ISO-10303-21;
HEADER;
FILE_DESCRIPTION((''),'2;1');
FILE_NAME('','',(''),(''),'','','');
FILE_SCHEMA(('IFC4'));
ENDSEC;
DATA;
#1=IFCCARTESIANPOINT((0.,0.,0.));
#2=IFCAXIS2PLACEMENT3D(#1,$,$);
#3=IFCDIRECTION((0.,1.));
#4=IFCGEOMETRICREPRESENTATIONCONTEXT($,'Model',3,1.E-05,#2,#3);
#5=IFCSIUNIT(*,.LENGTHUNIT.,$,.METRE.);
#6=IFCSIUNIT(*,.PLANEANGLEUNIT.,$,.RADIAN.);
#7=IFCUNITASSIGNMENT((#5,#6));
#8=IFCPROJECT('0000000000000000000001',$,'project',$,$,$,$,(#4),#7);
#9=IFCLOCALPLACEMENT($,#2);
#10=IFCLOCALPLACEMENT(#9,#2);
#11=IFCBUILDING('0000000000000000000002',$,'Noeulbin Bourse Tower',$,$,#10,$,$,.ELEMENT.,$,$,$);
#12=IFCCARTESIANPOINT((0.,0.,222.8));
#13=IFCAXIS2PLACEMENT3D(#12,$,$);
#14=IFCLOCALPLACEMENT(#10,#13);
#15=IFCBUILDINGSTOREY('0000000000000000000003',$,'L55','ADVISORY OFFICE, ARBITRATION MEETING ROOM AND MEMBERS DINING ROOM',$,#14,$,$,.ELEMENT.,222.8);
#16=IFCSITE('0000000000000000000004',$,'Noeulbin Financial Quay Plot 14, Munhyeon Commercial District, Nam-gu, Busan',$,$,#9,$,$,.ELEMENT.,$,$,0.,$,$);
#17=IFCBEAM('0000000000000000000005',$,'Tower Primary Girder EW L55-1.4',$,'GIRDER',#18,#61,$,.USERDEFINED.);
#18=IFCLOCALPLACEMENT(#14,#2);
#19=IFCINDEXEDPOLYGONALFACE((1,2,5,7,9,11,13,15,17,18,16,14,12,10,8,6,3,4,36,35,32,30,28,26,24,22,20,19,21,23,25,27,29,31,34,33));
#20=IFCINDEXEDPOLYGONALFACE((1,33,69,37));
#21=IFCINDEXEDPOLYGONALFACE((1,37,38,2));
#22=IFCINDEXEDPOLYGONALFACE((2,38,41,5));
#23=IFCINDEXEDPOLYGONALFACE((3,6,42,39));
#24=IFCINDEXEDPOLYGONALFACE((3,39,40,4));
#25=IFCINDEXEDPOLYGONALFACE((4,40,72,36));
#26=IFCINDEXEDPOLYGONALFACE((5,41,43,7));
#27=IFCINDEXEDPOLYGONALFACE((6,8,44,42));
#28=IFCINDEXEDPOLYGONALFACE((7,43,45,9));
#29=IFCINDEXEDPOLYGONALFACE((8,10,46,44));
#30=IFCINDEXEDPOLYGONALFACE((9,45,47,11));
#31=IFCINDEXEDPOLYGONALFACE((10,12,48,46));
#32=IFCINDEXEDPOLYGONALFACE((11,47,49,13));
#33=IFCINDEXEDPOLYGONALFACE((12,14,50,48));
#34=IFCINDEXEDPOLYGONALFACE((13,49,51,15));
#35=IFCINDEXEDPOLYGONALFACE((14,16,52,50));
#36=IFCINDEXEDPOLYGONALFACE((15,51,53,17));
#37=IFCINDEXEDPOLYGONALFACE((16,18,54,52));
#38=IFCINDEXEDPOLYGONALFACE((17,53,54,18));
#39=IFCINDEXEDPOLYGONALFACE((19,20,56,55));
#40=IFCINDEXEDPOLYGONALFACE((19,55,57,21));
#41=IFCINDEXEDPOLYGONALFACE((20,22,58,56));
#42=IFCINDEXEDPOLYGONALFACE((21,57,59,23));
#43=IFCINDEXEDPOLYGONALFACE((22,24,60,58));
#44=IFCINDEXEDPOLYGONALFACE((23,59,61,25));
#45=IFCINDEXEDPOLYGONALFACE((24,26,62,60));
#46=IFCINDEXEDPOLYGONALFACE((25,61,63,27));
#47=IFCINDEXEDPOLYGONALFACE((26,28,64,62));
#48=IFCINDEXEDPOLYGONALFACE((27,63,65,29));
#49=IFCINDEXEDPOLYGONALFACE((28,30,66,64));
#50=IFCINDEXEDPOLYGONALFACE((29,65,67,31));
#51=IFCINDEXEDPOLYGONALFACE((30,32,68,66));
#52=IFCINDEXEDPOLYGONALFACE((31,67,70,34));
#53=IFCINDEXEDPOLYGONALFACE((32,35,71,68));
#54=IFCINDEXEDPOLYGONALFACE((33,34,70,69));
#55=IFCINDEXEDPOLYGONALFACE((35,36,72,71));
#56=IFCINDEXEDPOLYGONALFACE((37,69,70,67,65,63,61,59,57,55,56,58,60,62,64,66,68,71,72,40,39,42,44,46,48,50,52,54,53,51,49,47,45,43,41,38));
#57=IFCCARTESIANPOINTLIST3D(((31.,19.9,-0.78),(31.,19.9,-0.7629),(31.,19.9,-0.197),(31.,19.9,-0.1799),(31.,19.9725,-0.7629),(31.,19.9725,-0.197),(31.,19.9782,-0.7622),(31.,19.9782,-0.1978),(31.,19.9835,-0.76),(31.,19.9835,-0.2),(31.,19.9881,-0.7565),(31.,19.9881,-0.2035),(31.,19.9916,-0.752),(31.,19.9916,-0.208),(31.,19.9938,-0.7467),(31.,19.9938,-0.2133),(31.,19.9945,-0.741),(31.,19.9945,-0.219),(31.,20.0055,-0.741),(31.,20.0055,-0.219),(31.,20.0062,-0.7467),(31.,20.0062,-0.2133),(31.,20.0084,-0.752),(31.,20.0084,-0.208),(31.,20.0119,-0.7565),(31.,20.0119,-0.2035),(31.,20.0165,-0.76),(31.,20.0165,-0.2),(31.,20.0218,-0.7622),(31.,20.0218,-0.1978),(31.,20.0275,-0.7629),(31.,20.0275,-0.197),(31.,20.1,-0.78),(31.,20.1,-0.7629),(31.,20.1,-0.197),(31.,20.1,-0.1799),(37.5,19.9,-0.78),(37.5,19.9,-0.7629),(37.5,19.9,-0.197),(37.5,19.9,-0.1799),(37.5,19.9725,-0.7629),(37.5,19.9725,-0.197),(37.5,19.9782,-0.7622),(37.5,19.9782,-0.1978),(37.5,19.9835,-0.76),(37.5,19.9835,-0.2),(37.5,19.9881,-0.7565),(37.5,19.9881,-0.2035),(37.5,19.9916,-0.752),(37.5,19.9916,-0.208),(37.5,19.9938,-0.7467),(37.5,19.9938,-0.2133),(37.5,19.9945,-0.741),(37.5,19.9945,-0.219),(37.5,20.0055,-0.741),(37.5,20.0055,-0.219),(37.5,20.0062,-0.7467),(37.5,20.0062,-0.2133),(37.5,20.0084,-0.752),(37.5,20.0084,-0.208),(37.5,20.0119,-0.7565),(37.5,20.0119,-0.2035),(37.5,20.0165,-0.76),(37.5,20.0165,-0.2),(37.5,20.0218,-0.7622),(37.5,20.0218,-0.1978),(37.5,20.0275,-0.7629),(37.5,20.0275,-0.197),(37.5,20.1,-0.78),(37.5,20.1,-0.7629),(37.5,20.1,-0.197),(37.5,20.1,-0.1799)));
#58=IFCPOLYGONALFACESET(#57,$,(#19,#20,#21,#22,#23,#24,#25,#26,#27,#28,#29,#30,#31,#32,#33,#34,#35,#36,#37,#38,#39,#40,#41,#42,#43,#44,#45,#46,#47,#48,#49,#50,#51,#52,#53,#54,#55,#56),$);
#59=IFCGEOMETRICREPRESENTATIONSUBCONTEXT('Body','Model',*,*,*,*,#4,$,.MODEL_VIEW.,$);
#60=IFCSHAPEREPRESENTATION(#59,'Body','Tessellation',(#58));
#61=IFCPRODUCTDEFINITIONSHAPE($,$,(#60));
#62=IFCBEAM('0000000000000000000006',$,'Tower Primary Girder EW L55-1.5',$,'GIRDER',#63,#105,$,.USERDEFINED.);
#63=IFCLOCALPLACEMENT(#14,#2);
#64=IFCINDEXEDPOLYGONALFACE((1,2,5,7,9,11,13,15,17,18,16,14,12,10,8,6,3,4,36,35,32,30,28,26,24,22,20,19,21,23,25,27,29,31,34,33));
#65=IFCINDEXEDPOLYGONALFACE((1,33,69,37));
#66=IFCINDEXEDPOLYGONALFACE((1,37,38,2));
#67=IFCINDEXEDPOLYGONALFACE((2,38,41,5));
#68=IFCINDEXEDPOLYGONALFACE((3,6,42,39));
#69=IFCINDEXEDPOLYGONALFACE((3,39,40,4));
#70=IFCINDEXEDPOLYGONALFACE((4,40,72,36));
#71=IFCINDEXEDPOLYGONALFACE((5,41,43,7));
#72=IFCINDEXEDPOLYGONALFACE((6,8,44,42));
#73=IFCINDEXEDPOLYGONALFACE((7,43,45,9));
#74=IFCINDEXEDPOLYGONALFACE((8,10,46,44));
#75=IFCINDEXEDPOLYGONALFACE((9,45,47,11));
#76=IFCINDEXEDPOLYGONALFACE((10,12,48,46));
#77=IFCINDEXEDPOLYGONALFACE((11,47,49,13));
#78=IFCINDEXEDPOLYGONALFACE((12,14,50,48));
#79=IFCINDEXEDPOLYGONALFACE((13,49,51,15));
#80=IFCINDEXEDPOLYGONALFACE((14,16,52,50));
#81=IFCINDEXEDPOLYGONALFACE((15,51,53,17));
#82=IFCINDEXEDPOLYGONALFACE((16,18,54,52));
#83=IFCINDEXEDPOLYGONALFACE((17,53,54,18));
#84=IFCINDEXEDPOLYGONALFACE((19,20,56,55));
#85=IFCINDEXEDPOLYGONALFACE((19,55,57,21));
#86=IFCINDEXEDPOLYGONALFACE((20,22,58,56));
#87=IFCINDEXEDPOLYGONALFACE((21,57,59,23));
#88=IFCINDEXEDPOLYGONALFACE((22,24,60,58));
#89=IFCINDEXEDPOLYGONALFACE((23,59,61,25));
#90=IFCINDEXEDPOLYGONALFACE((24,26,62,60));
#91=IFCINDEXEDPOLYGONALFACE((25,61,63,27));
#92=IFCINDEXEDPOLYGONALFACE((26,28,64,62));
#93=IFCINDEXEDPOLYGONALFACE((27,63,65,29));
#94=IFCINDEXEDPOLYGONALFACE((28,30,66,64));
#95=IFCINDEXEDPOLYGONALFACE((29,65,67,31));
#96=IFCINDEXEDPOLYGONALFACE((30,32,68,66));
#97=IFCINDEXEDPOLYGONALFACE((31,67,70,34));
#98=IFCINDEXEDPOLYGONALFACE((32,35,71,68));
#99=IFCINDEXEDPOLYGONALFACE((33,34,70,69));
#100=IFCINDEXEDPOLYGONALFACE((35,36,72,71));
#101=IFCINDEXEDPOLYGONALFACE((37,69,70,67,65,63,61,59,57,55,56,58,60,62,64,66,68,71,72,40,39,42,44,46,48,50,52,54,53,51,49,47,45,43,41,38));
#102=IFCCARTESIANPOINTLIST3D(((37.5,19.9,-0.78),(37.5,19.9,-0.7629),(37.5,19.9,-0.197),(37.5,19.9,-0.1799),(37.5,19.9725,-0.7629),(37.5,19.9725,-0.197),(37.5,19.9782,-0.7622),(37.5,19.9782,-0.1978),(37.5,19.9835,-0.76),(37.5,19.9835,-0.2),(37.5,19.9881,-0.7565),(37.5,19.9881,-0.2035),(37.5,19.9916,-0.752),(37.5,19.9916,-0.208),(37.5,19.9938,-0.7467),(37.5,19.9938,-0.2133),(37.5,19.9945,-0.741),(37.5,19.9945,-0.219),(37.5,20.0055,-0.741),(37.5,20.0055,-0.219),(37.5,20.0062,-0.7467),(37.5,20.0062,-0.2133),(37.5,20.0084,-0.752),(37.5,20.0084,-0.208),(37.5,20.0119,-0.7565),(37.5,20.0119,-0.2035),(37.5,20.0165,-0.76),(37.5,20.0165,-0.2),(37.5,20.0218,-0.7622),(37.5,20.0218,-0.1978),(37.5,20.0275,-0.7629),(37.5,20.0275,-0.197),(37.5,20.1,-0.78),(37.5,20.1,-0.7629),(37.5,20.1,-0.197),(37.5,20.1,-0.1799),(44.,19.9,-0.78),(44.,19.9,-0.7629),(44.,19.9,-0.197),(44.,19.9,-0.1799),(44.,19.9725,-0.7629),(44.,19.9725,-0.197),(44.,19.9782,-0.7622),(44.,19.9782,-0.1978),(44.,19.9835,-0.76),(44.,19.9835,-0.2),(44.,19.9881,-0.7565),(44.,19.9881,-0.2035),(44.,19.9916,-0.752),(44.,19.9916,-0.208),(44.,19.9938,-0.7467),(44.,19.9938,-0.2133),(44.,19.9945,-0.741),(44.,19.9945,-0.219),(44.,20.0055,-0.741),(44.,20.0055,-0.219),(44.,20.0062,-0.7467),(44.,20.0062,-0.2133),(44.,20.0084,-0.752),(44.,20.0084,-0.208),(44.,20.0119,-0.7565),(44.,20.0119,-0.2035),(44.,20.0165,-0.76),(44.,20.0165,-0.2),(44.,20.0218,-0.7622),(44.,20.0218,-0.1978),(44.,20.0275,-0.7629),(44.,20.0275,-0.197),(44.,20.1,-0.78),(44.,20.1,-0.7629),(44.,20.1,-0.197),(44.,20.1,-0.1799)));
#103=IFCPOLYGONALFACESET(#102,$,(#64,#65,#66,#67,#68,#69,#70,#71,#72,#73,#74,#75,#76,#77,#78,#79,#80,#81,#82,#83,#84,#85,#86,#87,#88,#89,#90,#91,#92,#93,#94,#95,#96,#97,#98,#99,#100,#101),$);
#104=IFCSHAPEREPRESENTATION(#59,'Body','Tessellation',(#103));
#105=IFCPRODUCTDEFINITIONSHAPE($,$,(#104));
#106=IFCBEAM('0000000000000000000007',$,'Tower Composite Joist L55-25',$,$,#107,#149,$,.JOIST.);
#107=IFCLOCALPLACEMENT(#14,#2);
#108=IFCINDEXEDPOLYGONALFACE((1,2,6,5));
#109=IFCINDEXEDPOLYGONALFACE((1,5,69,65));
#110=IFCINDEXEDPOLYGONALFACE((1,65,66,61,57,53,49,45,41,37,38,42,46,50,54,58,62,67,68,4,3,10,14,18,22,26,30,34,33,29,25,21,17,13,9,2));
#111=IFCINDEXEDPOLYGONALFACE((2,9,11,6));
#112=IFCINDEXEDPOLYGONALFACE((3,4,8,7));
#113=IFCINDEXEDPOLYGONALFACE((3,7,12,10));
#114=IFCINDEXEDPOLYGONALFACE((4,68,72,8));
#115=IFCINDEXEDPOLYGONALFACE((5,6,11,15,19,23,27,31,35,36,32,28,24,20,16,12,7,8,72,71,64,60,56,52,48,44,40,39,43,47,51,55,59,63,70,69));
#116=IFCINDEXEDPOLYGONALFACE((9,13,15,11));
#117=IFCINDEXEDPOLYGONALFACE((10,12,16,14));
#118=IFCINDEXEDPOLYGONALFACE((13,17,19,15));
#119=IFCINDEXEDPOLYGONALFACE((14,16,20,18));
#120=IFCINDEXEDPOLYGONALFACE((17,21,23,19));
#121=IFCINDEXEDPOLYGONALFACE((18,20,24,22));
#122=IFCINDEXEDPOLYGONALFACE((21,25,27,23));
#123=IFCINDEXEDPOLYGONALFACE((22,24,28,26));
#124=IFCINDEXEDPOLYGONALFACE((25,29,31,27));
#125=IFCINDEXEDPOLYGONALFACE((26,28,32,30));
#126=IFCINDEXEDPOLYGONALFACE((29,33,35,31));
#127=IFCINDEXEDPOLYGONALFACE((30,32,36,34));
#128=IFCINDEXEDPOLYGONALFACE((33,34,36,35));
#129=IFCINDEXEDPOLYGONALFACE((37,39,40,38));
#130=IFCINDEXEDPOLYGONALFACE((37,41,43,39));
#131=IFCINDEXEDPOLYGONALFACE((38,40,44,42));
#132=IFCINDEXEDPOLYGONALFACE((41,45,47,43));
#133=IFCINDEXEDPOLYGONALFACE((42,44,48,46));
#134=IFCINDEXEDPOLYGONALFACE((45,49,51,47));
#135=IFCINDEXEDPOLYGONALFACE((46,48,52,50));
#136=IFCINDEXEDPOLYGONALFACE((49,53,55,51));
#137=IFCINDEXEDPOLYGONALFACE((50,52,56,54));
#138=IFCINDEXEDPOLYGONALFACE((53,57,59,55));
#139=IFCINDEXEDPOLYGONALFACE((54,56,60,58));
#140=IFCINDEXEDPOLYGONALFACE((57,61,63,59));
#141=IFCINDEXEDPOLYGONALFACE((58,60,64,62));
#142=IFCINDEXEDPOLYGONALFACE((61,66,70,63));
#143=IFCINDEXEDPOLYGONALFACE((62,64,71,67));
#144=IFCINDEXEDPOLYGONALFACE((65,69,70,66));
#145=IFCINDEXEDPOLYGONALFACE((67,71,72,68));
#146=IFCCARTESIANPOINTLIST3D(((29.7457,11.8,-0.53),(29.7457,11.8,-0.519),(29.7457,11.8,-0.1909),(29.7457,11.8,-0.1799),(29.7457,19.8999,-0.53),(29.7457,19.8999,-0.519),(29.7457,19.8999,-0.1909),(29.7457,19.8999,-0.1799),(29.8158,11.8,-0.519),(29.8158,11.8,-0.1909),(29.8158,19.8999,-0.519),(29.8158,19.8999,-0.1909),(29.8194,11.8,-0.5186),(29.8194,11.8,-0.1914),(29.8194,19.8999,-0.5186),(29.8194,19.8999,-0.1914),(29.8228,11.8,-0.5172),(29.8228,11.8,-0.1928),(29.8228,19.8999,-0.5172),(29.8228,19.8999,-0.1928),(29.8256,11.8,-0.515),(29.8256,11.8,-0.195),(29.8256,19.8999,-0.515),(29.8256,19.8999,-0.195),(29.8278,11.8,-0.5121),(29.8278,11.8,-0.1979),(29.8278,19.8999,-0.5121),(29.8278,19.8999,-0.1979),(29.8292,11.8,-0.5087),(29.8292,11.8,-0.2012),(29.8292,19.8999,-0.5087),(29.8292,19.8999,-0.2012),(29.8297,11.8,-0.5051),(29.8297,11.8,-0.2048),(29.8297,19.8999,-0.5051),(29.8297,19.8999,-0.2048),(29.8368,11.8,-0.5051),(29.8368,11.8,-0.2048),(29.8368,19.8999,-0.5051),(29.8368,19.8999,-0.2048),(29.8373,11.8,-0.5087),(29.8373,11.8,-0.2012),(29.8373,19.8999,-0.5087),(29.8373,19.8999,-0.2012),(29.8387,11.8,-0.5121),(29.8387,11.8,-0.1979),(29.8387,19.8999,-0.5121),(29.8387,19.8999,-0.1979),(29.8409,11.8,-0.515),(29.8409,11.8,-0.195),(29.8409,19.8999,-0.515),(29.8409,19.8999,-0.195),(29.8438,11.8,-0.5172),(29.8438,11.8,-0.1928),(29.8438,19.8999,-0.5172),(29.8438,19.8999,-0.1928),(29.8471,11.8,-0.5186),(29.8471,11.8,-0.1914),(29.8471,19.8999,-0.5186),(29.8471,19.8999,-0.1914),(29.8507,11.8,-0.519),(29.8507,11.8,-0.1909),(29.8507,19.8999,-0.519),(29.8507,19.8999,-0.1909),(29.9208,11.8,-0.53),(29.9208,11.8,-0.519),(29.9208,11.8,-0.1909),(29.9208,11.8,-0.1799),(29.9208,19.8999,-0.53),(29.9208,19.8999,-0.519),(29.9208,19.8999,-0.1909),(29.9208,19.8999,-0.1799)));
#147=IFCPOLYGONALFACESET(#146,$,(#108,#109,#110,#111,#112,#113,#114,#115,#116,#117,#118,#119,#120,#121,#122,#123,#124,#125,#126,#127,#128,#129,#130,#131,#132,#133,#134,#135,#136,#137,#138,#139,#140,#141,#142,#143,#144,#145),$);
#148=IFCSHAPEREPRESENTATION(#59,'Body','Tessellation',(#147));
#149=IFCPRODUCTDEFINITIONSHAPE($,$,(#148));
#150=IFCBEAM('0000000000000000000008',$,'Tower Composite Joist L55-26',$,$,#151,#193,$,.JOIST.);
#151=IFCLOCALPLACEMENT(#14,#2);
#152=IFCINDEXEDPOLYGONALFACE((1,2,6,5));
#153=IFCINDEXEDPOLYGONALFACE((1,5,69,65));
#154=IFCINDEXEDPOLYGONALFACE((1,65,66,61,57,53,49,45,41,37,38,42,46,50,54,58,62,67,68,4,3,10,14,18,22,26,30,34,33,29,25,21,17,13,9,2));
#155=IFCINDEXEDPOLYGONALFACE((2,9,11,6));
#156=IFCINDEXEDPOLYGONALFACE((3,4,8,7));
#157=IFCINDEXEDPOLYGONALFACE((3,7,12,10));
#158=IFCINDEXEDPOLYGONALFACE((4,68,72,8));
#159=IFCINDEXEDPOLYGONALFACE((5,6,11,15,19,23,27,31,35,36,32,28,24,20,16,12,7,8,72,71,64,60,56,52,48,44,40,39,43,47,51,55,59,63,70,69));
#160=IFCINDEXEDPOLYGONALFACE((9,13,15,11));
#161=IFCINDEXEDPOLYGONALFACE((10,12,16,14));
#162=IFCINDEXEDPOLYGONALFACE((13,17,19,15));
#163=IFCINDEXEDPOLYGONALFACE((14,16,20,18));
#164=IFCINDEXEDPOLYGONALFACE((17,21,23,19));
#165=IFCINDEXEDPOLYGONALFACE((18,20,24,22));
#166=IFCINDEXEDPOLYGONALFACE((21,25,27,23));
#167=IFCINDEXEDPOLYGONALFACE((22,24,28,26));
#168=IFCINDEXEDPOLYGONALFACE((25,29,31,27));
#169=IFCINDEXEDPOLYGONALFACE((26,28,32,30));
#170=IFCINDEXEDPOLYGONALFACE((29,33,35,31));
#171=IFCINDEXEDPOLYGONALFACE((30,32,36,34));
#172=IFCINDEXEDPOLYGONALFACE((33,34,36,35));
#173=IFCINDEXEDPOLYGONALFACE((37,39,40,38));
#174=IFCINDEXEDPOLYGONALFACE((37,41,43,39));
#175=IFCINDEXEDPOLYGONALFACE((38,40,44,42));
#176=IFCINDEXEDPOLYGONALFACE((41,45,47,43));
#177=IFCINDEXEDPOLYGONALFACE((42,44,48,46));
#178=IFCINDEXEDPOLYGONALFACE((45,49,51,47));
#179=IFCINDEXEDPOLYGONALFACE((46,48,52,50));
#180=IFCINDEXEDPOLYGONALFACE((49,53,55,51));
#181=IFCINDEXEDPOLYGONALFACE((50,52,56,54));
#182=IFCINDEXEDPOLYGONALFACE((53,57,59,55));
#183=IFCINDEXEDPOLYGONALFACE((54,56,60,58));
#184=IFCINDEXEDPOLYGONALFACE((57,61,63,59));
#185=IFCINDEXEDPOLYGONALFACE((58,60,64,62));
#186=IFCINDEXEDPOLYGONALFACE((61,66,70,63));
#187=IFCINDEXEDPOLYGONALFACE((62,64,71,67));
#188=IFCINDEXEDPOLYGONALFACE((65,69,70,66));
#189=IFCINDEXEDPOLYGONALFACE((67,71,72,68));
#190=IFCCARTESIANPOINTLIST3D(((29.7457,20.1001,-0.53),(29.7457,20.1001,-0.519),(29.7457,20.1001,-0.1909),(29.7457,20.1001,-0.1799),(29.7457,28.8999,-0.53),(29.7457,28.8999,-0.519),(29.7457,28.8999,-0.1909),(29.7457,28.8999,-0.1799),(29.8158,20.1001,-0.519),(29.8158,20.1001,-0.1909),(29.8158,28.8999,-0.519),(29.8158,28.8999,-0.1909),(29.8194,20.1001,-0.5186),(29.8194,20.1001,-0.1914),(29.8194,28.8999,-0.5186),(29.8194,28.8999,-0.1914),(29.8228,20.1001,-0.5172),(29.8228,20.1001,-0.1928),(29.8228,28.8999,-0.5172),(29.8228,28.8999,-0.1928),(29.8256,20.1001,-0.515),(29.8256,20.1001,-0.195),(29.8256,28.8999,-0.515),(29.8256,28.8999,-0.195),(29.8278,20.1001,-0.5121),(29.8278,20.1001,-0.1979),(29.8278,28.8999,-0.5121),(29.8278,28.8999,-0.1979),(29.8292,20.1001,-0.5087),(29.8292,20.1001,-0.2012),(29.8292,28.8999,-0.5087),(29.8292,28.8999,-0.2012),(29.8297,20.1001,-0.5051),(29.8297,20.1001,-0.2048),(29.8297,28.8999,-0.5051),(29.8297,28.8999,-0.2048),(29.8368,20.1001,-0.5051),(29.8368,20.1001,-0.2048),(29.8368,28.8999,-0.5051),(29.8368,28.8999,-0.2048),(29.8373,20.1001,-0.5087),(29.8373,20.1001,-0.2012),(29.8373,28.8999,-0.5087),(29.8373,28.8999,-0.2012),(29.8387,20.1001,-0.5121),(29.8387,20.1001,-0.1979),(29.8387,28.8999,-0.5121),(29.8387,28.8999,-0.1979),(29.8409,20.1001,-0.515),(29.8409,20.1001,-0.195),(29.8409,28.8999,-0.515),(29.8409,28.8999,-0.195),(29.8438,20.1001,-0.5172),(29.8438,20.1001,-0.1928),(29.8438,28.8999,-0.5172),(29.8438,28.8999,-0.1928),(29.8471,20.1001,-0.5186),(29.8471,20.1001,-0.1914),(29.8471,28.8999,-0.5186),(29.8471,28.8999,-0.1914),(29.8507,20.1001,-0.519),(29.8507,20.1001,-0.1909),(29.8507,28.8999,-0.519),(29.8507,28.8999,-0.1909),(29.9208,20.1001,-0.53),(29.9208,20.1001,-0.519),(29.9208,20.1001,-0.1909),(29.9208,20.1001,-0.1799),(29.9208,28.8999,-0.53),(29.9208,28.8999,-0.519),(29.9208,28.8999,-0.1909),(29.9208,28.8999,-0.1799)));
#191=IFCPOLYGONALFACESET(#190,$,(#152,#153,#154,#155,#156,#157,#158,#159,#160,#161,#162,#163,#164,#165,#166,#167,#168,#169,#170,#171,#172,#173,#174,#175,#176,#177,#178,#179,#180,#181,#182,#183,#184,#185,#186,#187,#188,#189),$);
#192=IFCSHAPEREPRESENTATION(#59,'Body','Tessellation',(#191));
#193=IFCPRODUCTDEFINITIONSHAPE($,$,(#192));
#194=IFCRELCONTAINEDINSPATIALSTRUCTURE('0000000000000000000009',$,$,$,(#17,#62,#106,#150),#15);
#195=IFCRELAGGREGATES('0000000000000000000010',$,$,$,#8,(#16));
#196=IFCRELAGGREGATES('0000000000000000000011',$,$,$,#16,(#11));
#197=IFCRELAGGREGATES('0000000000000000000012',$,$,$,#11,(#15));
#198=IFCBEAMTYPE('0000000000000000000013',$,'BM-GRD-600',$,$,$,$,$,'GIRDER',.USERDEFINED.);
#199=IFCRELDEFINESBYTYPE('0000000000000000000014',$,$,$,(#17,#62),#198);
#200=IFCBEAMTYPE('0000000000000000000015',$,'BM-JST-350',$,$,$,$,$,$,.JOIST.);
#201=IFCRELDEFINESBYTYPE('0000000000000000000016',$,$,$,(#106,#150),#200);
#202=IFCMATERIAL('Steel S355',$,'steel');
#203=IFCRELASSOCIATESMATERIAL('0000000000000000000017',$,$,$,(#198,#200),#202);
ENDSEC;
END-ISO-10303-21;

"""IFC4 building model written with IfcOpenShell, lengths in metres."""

from ifc_helpers import new_model, si_unit, direction, frame, origin, origin_2d, place, context, subcontext, project, spatial, i_section, extrude, material, material_profile, profile_set, type_object, element, save


model = new_model("IFC4")

# Units and contexts
model_context = context("Model", 3, precision=1e-05, world=origin(), true_north=direction((0.0, 1.0)))
body_context = subcontext(model_context, "Body", "Model", "MODEL_VIEW")
ifc_project = project(units=[si_unit("LENGTHUNIT", "METRE"), si_unit("PLANEANGLEUNIT", "RADIAN")], contexts=[model_context])

# Site, building, storey
site_placement = place(None, origin())
site = spatial("IfcSite", under=ifc_project, at=site_placement, Name="Noeulbin Financial Quay Plot 14, Munhyeon Commercial District, Nam-gu, Busan", CompositionType="ELEMENT", RefElevation=0.0)
building_placement = place(site_placement, origin())
building = spatial("IfcBuilding", under=site, at=building_placement, Name="Noeulbin Bourse Tower", CompositionType="ELEMENT")
storey_placement = place(building_placement, frame((0.0, 0.0, 222.8)))
storey = spatial("IfcBuildingStorey", under=building, at=storey_placement, Name="L55", Description="ADVISORY OFFICE, ARBITRATION MEETING ROOM AND MEMBERS DINING ROOM", CompositionType="ELEMENT", Elevation=222.8)

# Shared definitions
ifc_material_1 = material(Name="Steel S355", Category="steel")

# Beams
ifc_material_profile_1 = material_profile(ifc_material_1, i_section(OverallWidth=0.2, OverallDepth=0.6001, WebThickness=0.011, FlangeThickness=0.0171, FilletRadius=0.022, at=origin_2d()), Name="H-600x200x11x17", Category="LoadBearing")
ifc_profile_set_1 = profile_set([ifc_material_profile_1], Name="Steel S355")
beam_type_1 = type_object("IfcBeamType", Name="BM-GRD-600", ElementType="GIRDER", PredefinedType="USERDEFINED", material=ifc_profile_set_1)
for number, where, z_axis, x_axis, name in (
    (1, (31.0, 20.0, -0.48), (1.0, 0.0, 0.0), (0.0, 1.0, 0.0), "Tower Primary Girder EW L55-1.4"),
    (2, (37.5, 20.0, -0.48), (1.0, 0.0, 0.0), (0.0, 1.0, 0.0), "Tower Primary Girder EW L55-1.5"),
):
    element("IfcBeam", number, at=place(storey_placement, frame(where, z_axis=z_axis, x_axis=x_axis)), inside=storey, type_object=beam_type_1, Name=name, ObjectType="GIRDER", PredefinedType="USERDEFINED", context=body_context, shape_type="SweptSolid", body=[
        extrude(i_section(OverallWidth=0.2, OverallDepth=0.6001, WebThickness=0.011, FlangeThickness=0.0171, FilletRadius=0.022, at=origin_2d()), origin(), (0.0, 0.0, 1.0), 6.5),
    ])
ifc_material_profile_2 = material_profile(ifc_material_1, i_section(OverallWidth=0.175, OverallDepth=0.3501, WebThickness=0.0071, FlangeThickness=0.011, FilletRadius=0.0139, at=origin_2d()), Name="H-350x175x7x11", Category="LoadBearing")
ifc_profile_set_2 = profile_set([ifc_material_profile_2], Name="Steel S355")
beam_type_2 = type_object("IfcBeamType", Name="BM-JST-350", PredefinedType="JOIST", material=ifc_profile_set_2)
beam_1_placement = place(storey_placement, frame((29.8333, 11.8, -0.355), z_axis=(0.0, 1.0, 0.0), x_axis=(-1.0, 0.0, 0.0)))
element("IfcBeam", 3, at=beam_1_placement, inside=storey, type_object=beam_type_2, Name="Tower Composite Joist L55-25", PredefinedType="JOIST", context=body_context, shape_type="SweptSolid", body=[
    extrude(i_section(OverallWidth=0.175, OverallDepth=0.3501, WebThickness=0.0071, FlangeThickness=0.011, FilletRadius=0.0139, at=origin_2d()), origin(), (0.0, 0.0, 1.0), 8.0999),
])
beam_2_placement = place(storey_placement, frame((29.8333, 20.1001, -0.355), z_axis=(0.0, 1.0, 0.0), x_axis=(-1.0, 0.0, 0.0)))
element("IfcBeam", 4, at=beam_2_placement, inside=storey, type_object=beam_type_2, Name="Tower Composite Joist L55-26", PredefinedType="JOIST", context=body_context, shape_type="SweptSolid", body=[
    extrude(i_section(OverallWidth=0.175, OverallDepth=0.3501, WebThickness=0.0071, FlangeThickness=0.011, FilletRadius=0.0139, at=origin_2d()), origin(), (0.0, 0.0, 1.0), 8.7998),
])

save(model, "model.ifc")
